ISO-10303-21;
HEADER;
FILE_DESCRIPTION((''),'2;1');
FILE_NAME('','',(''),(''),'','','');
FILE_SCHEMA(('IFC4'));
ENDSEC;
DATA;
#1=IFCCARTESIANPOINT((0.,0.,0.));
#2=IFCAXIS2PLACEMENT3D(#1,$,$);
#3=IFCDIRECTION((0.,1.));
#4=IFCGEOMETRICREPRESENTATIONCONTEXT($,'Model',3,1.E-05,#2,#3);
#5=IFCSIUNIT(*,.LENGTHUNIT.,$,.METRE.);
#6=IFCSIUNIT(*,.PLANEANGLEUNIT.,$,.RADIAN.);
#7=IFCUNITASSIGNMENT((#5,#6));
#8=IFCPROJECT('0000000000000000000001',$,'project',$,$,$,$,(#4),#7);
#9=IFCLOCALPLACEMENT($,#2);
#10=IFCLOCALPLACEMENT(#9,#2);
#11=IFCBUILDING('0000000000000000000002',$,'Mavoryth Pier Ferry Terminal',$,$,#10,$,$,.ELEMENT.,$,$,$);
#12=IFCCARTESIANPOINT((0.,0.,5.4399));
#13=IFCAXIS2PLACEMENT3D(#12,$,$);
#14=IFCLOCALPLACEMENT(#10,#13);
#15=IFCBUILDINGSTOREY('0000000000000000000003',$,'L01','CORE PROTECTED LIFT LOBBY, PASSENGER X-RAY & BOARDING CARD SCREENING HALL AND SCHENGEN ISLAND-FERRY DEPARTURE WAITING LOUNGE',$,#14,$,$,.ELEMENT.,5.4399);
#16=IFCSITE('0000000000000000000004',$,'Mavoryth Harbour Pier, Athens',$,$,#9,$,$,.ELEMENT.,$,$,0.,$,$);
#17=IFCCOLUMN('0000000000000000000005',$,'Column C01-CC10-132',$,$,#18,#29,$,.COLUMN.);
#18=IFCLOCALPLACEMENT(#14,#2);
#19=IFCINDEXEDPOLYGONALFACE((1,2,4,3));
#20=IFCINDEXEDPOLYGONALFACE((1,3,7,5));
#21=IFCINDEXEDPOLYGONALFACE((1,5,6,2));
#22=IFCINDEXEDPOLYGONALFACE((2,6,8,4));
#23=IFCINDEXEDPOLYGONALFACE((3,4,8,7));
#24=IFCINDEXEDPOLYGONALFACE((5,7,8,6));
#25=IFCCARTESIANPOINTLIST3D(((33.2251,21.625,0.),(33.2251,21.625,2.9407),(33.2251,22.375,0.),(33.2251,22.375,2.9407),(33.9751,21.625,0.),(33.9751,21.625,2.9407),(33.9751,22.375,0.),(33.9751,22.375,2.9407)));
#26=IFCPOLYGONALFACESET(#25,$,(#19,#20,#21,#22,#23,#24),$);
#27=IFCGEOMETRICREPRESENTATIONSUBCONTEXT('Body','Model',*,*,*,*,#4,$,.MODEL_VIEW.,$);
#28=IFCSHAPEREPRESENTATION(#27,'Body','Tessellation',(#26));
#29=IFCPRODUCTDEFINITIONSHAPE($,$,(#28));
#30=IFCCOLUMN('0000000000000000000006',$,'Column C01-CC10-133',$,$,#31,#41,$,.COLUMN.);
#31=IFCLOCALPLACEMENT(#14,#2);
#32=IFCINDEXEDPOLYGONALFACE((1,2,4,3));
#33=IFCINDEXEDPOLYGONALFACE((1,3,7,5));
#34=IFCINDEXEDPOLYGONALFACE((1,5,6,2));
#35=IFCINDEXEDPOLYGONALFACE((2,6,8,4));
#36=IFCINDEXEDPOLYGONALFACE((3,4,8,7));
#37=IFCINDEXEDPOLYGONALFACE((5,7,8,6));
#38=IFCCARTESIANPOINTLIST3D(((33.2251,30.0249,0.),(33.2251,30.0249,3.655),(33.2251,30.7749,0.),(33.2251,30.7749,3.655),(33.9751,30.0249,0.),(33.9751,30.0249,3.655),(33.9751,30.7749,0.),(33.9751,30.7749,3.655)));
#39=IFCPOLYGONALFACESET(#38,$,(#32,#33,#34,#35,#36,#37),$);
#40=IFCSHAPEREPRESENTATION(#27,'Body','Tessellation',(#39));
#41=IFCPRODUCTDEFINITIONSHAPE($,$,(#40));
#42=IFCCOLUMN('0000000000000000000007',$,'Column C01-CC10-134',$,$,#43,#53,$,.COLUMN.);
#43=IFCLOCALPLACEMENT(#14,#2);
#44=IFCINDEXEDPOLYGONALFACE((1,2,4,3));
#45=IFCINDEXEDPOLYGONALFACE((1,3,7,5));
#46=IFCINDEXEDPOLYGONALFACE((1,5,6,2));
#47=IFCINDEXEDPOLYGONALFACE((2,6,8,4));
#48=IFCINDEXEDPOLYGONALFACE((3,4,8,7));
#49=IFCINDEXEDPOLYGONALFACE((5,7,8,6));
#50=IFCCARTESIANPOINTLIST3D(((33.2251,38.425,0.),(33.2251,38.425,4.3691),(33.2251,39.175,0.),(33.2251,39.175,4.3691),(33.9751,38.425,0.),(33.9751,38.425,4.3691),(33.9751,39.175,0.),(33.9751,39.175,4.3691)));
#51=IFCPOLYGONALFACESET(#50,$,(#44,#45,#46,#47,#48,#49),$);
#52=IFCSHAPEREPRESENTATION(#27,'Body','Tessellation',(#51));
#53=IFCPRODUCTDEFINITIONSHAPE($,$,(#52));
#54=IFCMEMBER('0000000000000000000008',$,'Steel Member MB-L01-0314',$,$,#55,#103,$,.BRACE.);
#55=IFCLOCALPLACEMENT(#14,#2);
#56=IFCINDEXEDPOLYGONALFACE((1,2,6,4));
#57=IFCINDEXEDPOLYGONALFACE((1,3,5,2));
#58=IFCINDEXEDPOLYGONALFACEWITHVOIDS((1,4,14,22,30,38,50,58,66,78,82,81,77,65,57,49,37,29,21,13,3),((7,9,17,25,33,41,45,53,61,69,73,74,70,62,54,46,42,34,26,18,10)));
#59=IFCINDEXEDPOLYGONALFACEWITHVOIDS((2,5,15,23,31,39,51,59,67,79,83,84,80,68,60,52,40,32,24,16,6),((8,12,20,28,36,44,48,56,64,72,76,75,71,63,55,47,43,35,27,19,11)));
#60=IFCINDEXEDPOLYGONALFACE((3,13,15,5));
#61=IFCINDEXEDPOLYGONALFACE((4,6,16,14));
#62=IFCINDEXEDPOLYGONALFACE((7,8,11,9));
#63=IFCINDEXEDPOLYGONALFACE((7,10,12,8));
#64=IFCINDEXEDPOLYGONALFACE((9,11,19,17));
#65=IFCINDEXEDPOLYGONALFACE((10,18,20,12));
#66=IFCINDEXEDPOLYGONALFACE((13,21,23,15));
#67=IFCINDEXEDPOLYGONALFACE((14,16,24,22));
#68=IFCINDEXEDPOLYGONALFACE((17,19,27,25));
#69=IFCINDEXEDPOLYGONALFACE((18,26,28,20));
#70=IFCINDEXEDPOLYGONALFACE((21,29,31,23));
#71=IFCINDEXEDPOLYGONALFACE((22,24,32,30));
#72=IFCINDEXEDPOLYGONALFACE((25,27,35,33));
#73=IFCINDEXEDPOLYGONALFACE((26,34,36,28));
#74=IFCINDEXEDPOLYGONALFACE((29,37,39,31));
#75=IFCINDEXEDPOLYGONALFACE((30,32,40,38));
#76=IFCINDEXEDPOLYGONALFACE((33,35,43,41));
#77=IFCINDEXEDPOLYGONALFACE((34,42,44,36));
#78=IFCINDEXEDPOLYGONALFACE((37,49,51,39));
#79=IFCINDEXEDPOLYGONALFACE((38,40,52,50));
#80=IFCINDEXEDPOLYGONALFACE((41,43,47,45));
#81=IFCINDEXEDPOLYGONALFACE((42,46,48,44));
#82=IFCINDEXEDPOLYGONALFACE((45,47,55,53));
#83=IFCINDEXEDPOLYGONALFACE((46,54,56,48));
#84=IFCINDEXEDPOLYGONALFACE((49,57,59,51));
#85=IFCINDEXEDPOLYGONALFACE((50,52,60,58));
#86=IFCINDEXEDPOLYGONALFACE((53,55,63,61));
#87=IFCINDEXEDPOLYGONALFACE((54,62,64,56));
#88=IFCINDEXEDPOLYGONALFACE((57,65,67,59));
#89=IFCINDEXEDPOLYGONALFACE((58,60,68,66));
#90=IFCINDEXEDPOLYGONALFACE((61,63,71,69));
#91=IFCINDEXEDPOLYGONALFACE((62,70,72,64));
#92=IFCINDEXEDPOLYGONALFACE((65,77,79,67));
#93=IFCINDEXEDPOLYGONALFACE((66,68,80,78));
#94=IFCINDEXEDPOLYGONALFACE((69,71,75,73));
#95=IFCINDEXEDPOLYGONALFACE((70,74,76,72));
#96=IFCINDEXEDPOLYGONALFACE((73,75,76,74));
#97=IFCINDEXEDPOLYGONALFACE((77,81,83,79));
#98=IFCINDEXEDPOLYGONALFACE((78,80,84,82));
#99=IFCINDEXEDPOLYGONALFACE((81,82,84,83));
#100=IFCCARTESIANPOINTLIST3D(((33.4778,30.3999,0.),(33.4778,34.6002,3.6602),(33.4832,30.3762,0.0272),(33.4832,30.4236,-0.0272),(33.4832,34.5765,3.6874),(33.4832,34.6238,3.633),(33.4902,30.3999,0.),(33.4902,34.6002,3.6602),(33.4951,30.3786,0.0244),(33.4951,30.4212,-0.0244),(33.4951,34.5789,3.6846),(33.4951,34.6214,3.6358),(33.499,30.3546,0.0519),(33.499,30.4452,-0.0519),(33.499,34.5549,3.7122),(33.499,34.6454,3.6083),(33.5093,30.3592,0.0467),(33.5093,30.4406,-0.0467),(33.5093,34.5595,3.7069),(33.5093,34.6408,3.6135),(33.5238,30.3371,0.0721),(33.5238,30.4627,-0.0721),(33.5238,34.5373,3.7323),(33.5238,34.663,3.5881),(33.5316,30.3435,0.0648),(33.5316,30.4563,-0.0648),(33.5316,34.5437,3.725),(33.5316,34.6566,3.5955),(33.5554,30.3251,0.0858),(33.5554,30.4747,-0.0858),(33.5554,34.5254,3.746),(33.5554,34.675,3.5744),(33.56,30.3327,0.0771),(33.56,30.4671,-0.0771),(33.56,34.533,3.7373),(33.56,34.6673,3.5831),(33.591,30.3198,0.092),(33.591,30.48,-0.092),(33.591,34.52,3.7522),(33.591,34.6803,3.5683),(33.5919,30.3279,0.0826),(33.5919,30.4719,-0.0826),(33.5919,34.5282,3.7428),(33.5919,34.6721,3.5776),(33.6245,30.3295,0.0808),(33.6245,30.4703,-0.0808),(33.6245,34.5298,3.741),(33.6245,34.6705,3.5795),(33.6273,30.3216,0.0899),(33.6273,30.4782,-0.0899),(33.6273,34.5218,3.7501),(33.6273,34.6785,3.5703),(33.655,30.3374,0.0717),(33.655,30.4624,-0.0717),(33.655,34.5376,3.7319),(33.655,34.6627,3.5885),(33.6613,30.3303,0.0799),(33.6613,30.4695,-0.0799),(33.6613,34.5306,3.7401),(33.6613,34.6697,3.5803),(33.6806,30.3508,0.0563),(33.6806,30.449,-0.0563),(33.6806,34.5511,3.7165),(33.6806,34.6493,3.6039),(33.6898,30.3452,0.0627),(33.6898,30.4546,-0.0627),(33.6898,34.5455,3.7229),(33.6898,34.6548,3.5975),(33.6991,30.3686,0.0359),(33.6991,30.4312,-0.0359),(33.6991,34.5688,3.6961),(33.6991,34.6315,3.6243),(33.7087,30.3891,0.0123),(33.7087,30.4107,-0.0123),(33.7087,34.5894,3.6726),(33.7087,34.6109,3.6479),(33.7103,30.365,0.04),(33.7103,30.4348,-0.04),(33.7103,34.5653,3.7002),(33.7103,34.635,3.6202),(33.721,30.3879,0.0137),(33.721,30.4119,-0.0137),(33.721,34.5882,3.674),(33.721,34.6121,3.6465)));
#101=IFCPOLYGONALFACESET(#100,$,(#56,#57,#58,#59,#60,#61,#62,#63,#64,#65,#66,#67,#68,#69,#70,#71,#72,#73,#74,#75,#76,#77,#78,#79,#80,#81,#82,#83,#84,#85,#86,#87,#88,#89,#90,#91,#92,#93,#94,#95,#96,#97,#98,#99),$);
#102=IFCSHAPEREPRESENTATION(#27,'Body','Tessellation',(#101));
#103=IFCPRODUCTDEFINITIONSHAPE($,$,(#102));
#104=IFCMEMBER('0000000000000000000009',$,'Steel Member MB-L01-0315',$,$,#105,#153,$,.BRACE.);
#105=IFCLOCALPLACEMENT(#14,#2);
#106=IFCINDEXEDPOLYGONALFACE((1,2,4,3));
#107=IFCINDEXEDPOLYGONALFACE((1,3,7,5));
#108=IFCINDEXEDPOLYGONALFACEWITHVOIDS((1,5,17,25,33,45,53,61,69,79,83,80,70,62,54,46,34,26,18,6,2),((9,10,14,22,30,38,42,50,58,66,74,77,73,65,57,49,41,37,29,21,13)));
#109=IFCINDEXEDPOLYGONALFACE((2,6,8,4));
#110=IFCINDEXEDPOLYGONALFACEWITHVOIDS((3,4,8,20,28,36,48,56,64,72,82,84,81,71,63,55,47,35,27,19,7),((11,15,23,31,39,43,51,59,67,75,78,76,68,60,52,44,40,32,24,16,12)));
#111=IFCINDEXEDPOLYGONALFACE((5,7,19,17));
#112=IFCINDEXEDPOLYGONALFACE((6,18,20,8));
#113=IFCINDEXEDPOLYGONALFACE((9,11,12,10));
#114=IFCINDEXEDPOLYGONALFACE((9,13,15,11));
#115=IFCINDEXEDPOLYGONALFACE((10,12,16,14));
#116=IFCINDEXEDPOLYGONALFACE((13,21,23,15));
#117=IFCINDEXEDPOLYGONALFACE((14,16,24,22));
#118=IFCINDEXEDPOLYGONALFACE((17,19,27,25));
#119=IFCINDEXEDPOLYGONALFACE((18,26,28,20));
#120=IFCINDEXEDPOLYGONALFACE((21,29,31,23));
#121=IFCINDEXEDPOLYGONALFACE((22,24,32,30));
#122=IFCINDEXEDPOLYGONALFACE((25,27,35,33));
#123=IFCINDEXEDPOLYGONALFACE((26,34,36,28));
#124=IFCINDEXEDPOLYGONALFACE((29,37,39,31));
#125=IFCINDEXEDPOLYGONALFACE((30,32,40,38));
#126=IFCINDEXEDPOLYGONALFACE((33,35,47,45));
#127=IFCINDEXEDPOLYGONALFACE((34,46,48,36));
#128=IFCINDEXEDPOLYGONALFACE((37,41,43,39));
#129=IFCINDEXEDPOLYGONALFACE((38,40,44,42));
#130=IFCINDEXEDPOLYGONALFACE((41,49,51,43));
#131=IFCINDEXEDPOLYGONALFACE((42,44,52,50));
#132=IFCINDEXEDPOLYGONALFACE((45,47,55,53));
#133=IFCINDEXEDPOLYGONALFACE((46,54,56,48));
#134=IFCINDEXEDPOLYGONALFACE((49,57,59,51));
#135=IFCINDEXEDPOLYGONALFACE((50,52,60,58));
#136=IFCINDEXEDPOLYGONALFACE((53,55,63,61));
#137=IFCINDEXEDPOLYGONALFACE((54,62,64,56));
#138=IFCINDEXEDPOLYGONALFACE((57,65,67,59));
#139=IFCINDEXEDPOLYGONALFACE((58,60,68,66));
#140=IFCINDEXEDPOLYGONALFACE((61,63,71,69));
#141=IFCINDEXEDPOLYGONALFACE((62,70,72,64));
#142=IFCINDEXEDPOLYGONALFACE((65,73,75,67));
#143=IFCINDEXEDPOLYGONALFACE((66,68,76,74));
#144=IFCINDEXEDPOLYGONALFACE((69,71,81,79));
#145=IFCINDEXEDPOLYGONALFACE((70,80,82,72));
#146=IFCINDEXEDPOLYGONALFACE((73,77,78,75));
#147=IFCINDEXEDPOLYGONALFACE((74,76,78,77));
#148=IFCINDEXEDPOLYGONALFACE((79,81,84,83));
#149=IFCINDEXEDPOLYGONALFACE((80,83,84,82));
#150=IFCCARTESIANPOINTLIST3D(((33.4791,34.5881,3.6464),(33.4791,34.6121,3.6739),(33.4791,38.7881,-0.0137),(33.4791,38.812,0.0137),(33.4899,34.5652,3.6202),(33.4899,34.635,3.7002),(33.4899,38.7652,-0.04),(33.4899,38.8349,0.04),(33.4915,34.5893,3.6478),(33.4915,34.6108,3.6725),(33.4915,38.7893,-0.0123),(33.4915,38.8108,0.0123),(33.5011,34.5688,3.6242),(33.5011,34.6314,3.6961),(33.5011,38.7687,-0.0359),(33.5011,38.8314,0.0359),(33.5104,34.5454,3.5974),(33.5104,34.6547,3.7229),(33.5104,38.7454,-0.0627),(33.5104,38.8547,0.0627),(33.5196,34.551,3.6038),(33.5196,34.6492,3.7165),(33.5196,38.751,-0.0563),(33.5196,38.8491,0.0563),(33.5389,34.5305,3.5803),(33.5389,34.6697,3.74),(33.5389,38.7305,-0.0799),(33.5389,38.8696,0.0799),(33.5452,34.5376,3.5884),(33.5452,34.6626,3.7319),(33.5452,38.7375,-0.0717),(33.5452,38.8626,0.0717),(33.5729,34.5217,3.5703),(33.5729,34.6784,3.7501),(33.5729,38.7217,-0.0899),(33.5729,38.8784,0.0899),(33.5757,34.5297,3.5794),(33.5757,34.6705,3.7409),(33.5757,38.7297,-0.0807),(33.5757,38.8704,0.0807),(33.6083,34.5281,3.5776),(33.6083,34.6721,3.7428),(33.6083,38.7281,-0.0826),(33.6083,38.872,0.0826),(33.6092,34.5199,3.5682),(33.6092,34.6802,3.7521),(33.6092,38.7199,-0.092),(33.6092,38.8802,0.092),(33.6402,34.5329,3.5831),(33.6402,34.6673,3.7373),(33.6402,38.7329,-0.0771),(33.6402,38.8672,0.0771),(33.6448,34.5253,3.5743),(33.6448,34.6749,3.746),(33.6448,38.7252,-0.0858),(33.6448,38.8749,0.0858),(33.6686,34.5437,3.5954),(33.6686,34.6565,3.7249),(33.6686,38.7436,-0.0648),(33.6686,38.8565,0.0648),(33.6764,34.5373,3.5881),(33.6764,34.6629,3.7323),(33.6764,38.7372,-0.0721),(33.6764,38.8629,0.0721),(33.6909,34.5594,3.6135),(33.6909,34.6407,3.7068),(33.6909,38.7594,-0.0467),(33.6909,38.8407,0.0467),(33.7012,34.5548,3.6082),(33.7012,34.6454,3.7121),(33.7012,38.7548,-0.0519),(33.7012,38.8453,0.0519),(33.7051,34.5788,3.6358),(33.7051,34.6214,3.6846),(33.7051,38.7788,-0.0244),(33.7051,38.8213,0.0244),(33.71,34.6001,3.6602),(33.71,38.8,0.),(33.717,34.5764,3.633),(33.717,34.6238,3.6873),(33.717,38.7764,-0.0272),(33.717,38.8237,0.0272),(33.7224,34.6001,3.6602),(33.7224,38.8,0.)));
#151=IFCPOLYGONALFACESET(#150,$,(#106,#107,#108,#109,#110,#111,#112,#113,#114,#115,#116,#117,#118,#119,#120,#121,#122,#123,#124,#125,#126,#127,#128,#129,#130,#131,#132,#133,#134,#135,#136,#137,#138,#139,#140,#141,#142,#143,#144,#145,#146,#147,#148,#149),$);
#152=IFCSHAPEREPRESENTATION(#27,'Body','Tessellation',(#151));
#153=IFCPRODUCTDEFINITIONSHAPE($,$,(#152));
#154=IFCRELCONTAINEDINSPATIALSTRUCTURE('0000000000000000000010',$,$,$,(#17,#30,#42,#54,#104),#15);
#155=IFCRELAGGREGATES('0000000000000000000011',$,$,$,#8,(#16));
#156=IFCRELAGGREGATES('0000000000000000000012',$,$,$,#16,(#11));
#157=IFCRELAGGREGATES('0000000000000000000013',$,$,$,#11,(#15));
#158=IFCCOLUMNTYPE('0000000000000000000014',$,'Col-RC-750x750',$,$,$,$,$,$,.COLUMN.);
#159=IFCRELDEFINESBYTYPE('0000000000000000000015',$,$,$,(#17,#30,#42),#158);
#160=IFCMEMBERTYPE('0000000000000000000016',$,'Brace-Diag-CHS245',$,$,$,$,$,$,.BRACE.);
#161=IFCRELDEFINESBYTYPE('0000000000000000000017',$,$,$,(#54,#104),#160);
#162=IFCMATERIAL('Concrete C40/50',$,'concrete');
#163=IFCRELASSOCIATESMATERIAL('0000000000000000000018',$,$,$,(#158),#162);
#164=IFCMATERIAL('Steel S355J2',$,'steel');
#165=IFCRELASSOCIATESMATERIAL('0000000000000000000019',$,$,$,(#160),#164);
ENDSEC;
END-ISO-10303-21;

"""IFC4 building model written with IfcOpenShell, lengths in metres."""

from ifc_helpers import new_model, si_unit, direction, frame, origin, origin_2d, place, context, subcontext, project, spatial, rectangle, hollow_circle, extrude, material, material_profile, profile_set, type_object, element, save


model = new_model("IFC4")

# Units and contexts
model_context = context("Model", 3, precision=1e-05, world=origin(), true_north=direction((0.0, 1.0)))
body_context = subcontext(model_context, "Body", "Model", "MODEL_VIEW")
ifc_project = project(units=[si_unit("LENGTHUNIT", "METRE"), si_unit("PLANEANGLEUNIT", "RADIAN")], contexts=[model_context])

# Site, building, storey
site_placement = place(None, origin())
site = spatial("IfcSite", under=ifc_project, at=site_placement, Name="Mavoryth Harbour Pier, Athens", CompositionType="ELEMENT", RefElevation=0.0)
building_placement = place(site_placement, origin())
building = spatial("IfcBuilding", under=site, at=building_placement, Name="Mavoryth Pier Ferry Terminal", CompositionType="ELEMENT")
storey_placement = place(building_placement, frame((0.0, 0.0, 5.4399)))
storey = spatial("IfcBuildingStorey", under=building, at=storey_placement, Name="L01", Description="CORE PROTECTED LIFT LOBBY, PASSENGER X-RAY & BOARDING CARD SCREENING HALL AND SCHENGEN ISLAND-FERRY DEPARTURE WAITING LOUNGE", CompositionType="ELEMENT", Elevation=5.4399)

# Columns
ifc_material_1 = material(Name="Concrete C40/50", Category="concrete")
ifc_material_profile_1 = material_profile(ifc_material_1, rectangle(XDim=0.75, YDim=0.75, at=origin_2d()), Name="RC 750x750", Category="concrete")
ifc_profile_set_1 = profile_set([ifc_material_profile_1], Name="Concrete C40/50 - RC 750x750")
column_type = type_object("IfcColumnType", Name="Col-RC-750x750", PredefinedType="COLUMN", material=ifc_profile_set_1)
column_1_placement = place(storey_placement, frame((33.6001, 22.0, 0.0), z_axis=(0.0, 0.0, 1.0), x_axis=(1.0, 0.0, 0.0)))
element("IfcColumn", 1, at=column_1_placement, inside=storey, type_object=column_type, Name="Column C01-CC10-132", PredefinedType="COLUMN", context=body_context, shape_type="SweptSolid", body=[
    extrude(rectangle(XDim=0.75, YDim=0.75, at=origin_2d()), origin(), (0.0, 0.0, 1.0), 2.9407),
])
column_2_placement = place(storey_placement, frame((33.6001, 30.3999, 0.0), z_axis=(0.0, 0.0, 1.0), x_axis=(1.0, 0.0, 0.0)))
element("IfcColumn", 2, at=column_2_placement, inside=storey, type_object=column_type, Name="Column C01-CC10-133", PredefinedType="COLUMN", context=body_context, shape_type="SweptSolid", body=[
    extrude(rectangle(XDim=0.75, YDim=0.75, at=origin_2d()), origin(), (0.0, 0.0, 1.0), 3.655),
])
column_3_placement = place(storey_placement, frame((33.6001, 38.8, 0.0), z_axis=(0.0, 0.0, 1.0), x_axis=(1.0, 0.0, 0.0)))
element("IfcColumn", 3, at=column_3_placement, inside=storey, type_object=column_type, Name="Column C01-CC10-134", PredefinedType="COLUMN", context=body_context, shape_type="SweptSolid", body=[
    extrude(rectangle(XDim=0.75, YDim=0.75, at=origin_2d()), origin(), (0.0, 0.0, 1.0), 4.3691),
])

# Members
ifc_material_2 = material(Name="Steel S355J2", Category="steel")
ifc_material_profile_2 = material_profile(ifc_material_2, hollow_circle(Radius=0.1223, WallThickness=0.0125, at=origin_2d()), Name="CHS 244.5x12.5", Category="steel")
ifc_profile_set_2 = profile_set([ifc_material_profile_2], Name="Steel S355J2 - CHS 244.5x12.5")
member_type_1 = type_object("IfcMemberType", Name="Brace-Diag-CHS245", PredefinedType="BRACE", material=ifc_profile_set_2)
member_1_placement = place(storey_placement, frame((33.6001, 30.3999, 0.0), z_axis=(0.0, 0.753911, 0.656977), x_axis=(-1.0, 0.0, 0.0)))
element("IfcMember", 4, at=member_1_placement, inside=storey, type_object=member_type_1, Name="Steel Member MB-L01-0314", PredefinedType="BRACE", context=body_context, shape_type="SweptSolid", body=[
    extrude(hollow_circle(Radius=0.1223, WallThickness=0.0125, at=origin_2d()), origin(), (0.0, 0.0, 1.0), 5.5713),
])
member_2_placement = place(storey_placement, frame((33.6001, 38.8, 0.0), z_axis=(0.0, -0.753892, 0.656999), x_axis=(1.0, 0.0, 0.0)))
element("IfcMember", 5, at=member_2_placement, inside=storey, type_object=member_type_1, Name="Steel Member MB-L01-0315", PredefinedType="BRACE", context=body_context, shape_type="SweptSolid", body=[
    extrude(hollow_circle(Radius=0.1223, WallThickness=0.0125, at=origin_2d()), origin(), (0.0, 0.0, 1.0), 5.571),
])

save(model, "model.ifc")
